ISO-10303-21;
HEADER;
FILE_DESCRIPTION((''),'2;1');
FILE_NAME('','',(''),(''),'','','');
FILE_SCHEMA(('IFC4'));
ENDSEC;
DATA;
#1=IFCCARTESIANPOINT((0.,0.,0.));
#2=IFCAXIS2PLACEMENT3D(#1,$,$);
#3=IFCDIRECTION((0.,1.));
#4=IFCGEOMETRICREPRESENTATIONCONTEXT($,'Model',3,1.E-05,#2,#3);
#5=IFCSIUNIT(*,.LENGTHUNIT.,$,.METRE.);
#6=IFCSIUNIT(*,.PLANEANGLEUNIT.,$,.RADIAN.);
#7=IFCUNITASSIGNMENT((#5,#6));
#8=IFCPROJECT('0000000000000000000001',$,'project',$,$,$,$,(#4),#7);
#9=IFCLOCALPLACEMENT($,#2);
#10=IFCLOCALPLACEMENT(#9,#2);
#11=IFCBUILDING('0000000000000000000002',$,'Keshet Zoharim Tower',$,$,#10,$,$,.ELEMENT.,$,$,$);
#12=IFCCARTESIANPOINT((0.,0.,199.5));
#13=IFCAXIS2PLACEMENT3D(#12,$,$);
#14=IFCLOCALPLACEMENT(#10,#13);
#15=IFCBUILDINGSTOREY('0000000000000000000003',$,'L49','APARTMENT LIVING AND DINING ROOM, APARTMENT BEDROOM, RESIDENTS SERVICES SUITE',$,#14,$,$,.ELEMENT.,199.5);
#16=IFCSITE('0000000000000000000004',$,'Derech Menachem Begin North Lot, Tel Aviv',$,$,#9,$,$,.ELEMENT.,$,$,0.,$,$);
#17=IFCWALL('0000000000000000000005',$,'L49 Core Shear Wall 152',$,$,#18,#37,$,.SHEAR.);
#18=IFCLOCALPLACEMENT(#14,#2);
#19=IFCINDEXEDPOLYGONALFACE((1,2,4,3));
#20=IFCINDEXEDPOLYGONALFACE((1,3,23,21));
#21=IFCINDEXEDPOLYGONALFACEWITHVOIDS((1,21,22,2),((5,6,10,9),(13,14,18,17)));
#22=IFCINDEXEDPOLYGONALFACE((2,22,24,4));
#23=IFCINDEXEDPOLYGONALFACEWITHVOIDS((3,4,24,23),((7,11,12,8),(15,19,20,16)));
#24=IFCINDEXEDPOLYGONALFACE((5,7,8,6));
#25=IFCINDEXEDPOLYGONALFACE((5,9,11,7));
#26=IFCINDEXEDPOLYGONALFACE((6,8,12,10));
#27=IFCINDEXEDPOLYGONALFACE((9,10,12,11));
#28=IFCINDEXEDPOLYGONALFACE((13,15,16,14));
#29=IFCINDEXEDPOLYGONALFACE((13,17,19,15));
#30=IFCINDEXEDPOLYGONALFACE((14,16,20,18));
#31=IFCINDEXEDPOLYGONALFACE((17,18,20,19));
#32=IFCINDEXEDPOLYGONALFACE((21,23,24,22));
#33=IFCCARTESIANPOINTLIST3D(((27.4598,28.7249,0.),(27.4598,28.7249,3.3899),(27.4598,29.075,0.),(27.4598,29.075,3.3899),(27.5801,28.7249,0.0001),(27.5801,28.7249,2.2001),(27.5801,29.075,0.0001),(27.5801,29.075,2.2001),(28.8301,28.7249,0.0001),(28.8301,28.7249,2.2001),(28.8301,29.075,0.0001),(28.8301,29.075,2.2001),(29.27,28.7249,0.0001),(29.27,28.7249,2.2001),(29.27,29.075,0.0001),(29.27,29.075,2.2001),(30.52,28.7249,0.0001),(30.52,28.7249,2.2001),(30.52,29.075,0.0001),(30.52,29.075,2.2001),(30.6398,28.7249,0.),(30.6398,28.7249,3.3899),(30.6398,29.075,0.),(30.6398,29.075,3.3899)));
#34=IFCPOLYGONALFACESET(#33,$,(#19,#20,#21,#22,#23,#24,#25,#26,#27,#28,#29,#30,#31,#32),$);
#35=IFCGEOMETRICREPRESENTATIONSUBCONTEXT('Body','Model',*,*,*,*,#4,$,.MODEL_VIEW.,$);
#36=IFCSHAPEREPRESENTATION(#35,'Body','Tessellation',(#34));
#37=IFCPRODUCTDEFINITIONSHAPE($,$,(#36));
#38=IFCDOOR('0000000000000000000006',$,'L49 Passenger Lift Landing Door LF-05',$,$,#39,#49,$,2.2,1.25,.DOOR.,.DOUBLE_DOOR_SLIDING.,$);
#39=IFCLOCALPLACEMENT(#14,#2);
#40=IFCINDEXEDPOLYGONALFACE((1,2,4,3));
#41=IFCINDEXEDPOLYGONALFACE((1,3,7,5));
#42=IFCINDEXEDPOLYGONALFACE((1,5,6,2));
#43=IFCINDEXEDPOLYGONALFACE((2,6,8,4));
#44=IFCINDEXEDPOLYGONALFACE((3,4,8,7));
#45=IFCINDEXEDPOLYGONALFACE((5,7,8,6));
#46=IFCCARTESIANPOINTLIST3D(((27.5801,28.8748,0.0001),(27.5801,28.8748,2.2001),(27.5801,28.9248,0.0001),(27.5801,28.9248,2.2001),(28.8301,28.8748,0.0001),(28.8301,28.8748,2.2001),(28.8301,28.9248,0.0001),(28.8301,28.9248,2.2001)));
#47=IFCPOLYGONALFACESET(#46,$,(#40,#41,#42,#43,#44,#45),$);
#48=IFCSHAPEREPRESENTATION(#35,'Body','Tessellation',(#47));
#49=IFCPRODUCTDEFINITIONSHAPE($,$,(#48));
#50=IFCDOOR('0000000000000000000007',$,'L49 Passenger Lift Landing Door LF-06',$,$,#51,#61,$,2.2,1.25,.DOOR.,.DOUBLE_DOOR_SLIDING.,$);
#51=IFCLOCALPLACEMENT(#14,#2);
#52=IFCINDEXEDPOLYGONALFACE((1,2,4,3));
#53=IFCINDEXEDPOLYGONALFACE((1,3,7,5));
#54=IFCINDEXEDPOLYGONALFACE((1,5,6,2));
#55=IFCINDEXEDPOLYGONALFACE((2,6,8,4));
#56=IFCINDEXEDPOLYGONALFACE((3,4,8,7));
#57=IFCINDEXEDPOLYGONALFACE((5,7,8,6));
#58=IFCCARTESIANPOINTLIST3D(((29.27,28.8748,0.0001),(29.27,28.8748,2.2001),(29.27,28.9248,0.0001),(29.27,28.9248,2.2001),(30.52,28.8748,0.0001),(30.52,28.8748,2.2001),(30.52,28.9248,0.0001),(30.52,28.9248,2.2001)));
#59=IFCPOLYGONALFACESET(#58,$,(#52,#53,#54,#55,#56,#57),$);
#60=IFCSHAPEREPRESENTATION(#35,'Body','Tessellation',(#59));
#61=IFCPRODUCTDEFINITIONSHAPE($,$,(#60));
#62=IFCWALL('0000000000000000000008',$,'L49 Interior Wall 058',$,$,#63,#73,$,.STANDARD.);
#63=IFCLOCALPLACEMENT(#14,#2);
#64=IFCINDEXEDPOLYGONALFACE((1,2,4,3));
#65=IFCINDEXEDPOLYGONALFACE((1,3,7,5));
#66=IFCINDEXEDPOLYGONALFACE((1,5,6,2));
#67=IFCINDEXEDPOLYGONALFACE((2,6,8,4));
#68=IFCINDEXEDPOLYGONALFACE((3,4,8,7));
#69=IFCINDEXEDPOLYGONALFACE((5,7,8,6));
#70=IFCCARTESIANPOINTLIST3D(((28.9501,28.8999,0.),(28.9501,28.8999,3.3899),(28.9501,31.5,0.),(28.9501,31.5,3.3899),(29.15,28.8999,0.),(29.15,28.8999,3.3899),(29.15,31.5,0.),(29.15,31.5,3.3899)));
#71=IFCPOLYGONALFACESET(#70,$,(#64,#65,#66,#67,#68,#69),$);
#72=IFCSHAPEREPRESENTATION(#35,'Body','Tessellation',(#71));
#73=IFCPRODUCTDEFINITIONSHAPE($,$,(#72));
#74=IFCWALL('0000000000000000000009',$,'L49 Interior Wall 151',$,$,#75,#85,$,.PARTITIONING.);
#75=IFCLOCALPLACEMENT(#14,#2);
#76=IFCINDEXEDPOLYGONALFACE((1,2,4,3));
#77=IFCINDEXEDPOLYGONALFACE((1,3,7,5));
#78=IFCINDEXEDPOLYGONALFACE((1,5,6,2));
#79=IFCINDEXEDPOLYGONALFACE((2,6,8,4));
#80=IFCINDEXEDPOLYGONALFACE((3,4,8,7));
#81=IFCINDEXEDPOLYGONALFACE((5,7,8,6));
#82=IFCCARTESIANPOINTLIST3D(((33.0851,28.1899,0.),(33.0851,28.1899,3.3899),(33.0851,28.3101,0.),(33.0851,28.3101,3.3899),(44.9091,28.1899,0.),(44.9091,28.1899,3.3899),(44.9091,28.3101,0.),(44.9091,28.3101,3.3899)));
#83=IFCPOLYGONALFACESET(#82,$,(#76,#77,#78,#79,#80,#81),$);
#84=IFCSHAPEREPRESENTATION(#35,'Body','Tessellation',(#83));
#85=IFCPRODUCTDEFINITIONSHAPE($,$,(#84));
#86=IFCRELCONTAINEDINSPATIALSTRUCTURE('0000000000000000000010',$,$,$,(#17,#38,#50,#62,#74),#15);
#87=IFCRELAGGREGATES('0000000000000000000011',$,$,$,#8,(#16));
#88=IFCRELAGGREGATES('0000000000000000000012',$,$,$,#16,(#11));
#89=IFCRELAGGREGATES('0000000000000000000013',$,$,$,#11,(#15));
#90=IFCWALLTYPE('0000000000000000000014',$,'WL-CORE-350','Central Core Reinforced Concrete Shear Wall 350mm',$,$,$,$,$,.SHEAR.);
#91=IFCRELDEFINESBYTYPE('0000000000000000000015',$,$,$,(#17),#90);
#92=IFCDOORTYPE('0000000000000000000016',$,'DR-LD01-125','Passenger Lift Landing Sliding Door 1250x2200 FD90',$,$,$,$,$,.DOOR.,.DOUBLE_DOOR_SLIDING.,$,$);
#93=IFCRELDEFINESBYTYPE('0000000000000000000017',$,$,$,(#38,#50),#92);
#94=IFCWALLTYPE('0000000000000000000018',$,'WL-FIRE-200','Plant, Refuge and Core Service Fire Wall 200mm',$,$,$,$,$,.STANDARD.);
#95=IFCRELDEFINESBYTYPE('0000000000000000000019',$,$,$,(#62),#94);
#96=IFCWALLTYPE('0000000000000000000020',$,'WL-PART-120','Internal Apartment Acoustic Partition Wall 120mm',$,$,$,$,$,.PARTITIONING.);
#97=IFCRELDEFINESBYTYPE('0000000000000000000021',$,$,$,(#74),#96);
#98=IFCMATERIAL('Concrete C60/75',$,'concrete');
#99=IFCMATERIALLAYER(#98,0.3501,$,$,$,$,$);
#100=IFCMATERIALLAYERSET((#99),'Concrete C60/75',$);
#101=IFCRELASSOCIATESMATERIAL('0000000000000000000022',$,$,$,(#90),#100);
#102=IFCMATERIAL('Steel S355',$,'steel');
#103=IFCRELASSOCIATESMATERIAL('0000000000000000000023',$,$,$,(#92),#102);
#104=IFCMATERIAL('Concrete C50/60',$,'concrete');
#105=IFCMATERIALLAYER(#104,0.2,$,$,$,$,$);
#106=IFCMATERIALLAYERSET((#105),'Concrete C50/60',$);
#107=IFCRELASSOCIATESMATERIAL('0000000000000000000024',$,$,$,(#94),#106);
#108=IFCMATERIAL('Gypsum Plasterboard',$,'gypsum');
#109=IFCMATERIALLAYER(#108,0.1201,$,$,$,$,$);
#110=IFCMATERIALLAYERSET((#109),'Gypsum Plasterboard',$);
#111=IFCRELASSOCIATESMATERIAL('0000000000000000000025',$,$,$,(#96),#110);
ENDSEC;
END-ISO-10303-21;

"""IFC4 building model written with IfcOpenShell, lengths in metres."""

from ifc_helpers import new_model, si_unit, direction, frame, frame_2d, origin, place, context, subcontext, project, spatial, rectangle, extrude, material, layer, layer_set, type_object, element, fill, save


model = new_model("IFC4")

# Units and contexts
model_context = context("Model", 3, precision=1e-05, world=origin(), true_north=direction((0.0, 1.0)))
body_context = subcontext(model_context, "Body", "Model", "MODEL_VIEW")
ifc_project = project(units=[si_unit("LENGTHUNIT", "METRE"), si_unit("PLANEANGLEUNIT", "RADIAN")], contexts=[model_context])

# Site, building, storey
site_placement = place(None, origin())
site = spatial("IfcSite", under=ifc_project, at=site_placement, Name="Derech Menachem Begin North Lot, Tel Aviv", CompositionType="ELEMENT", RefElevation=0.0)
building_placement = place(site_placement, origin())
building = spatial("IfcBuilding", under=site, at=building_placement, Name="Keshet Zoharim Tower", CompositionType="ELEMENT")
storey_placement = place(building_placement, frame((0.0, 0.0, 199.5)))
storey = spatial("IfcBuildingStorey", under=building, at=storey_placement, Name="L49", Description="APARTMENT LIVING AND DINING ROOM, APARTMENT BEDROOM, RESIDENTS SERVICES SUITE", CompositionType="ELEMENT", Elevation=199.5)

# Shared definitions
ifc_material_1 = material(Name="Concrete C60/75", Category="concrete")

# Shared definitions
ifc_material_2 = material(Name="Steel S355", Category="steel")

# Shared definitions
ifc_layer_1 = layer(ifc_material_1, 0.3501)
ifc_layer_set_1 = layer_set([ifc_layer_1], Name="Concrete C60/75")
wall_type_1 = type_object("IfcWallType", Name="WL-CORE-350", Description="Central Core Reinforced Concrete Shear Wall 350mm", PredefinedType="SHEAR", material=ifc_layer_set_1)

# Wall, openings, doors
door_type_1 = type_object("IfcDoorType", Name="DR-LD01-125", Description="Passenger Lift Landing Sliding Door 1250x2200 FD90", OperationType="DOUBLE_DOOR_SLIDING", PredefinedType="DOOR", material=ifc_material_2)
wall_1_placement = place(storey_placement, frame((27.46, 28.8999, 0.0), z_axis=(0.0, 0.0, 1.0), x_axis=(1.0, 0.0, 0.0)))
wall_1 = element("IfcWall", 1, at=wall_1_placement, inside=storey, type_object=wall_type_1, Name="L49 Core Shear Wall 152", PredefinedType="SHEAR", context=body_context, shape_type="SweptSolid", body=[
    extrude(rectangle(XDim=3.1799, YDim=0.3501, at=frame_2d((1.5898, 0.0))), origin(), (0.0, 0.0, 1.0), 3.3899),
])
opening_1_placement = place(wall_1_placement, frame((0.1201, 0.0, 0.0)))
opening_1 = element("IfcOpeningElement", 2, at=opening_1_placement, cuts=wall_1, PredefinedType="OPENING", context=body_context, shape_type="SweptSolid", body=[
    extrude(rectangle(XDim=1.25, YDim=2.2, at=frame_2d((0.625, 1.1001))), frame((0.0, 0.1851, 0.0), z_axis=(0.0, -1.0, 0.0), x_axis=(1.0, 0.0, 0.0)), (0.0, 0.0, 1.0), 0.3701),
])
opening_2_placement = place(wall_1_placement, frame((1.8101, 0.0, 0.0)))
opening_2 = element("IfcOpeningElement", 3, at=opening_2_placement, cuts=wall_1, PredefinedType="OPENING", context=body_context, shape_type="SweptSolid", body=[
    extrude(rectangle(XDim=1.25, YDim=2.2, at=frame_2d((0.625, 1.1001))), frame((0.0, 0.1851, 0.0), z_axis=(0.0, -1.0, 0.0), x_axis=(1.0, 0.0, 0.0)), (0.0, 0.0, 1.0), 0.3701),
])
door_1_placement = place(opening_1_placement, origin())
door_1 = element("IfcDoor", 4, at=door_1_placement, inside=storey, type_object=door_type_1, Name="L49 Passenger Lift Landing Door LF-05", OperationType="DOUBLE_DOOR_SLIDING", OverallHeight=2.2, OverallWidth=1.25, PredefinedType="DOOR", context=body_context, shape_type="SweptSolid", body=[
    extrude(rectangle(XDim=1.25, YDim=2.2, at=frame_2d((0.625, 1.1001))), frame((0.0, 0.0249, 0.0), z_axis=(0.0, -1.0, 0.0), x_axis=(1.0, 0.0, 0.0)), (0.0, 0.0, 1.0), 0.05),
])
fill(opening_1, door_1)
door_2_placement = place(opening_2_placement, origin())
door_2 = element("IfcDoor", 5, at=door_2_placement, inside=storey, type_object=door_type_1, Name="L49 Passenger Lift Landing Door LF-06", OperationType="DOUBLE_DOOR_SLIDING", OverallHeight=2.2, OverallWidth=1.25, PredefinedType="DOOR", context=body_context, shape_type="SweptSolid", body=[
    extrude(rectangle(XDim=1.25, YDim=2.2, at=frame_2d((0.625, 1.1001))), frame((0.0, 0.0249, 0.0), z_axis=(0.0, -1.0, 0.0), x_axis=(1.0, 0.0, 0.0)), (0.0, 0.0, 1.0), 0.05),
])
fill(opening_2, door_2)

# Shared definitions
ifc_material_3 = material(Name="Gypsum Plasterboard", Category="gypsum")

# Walls
ifc_material_4 = material(Name="Concrete C50/60", Category="concrete")
ifc_layer_2 = layer(ifc_material_4, 0.2)
ifc_layer_set_2 = layer_set([ifc_layer_2], Name="Concrete C50/60")
wall_type_2 = type_object("IfcWallType", Name="WL-FIRE-200", Description="Plant, Refuge and Core Service Fire Wall 200mm", PredefinedType="STANDARD", material=ifc_layer_set_2)
wall_2_placement = place(storey_placement, frame((29.05, 28.8999, 0.0), z_axis=(0.0, 0.0, 1.0), x_axis=(0.0, 1.0, 0.0)))
element("IfcWall", 6, at=wall_2_placement, inside=storey, type_object=wall_type_2, Name="L49 Interior Wall 058", PredefinedType="STANDARD", context=body_context, shape_type="SweptSolid", body=[
    extrude(rectangle(XDim=2.6001, YDim=0.2, at=frame_2d((1.3, 0.0))), origin(), (0.0, 0.0, 1.0), 3.3899),
])
ifc_layer_3 = layer(ifc_material_3, 0.1201)
ifc_layer_set_3 = layer_set([ifc_layer_3], Name="Gypsum Plasterboard")
wall_type_3 = type_object("IfcWallType", Name="WL-PART-120", Description="Internal Apartment Acoustic Partition Wall 120mm", PredefinedType="PARTITIONING", material=ifc_layer_set_3)
wall_3_placement = place(storey_placement, frame((33.085, 28.25, 0.0), z_axis=(0.0, 0.0, 1.0), x_axis=(1.0, 0.0, 0.0)))
element("IfcWall", 7, at=wall_3_placement, inside=storey, type_object=wall_type_3, Name="L49 Interior Wall 151", PredefinedType="PARTITIONING", context=body_context, shape_type="SweptSolid", body=[
    extrude(rectangle(XDim=11.824, YDim=0.1201, at=frame_2d((5.9121, 0.0))), origin(), (0.0, 0.0, 1.0), 3.3899),
])

save(model, "model.ifc")
